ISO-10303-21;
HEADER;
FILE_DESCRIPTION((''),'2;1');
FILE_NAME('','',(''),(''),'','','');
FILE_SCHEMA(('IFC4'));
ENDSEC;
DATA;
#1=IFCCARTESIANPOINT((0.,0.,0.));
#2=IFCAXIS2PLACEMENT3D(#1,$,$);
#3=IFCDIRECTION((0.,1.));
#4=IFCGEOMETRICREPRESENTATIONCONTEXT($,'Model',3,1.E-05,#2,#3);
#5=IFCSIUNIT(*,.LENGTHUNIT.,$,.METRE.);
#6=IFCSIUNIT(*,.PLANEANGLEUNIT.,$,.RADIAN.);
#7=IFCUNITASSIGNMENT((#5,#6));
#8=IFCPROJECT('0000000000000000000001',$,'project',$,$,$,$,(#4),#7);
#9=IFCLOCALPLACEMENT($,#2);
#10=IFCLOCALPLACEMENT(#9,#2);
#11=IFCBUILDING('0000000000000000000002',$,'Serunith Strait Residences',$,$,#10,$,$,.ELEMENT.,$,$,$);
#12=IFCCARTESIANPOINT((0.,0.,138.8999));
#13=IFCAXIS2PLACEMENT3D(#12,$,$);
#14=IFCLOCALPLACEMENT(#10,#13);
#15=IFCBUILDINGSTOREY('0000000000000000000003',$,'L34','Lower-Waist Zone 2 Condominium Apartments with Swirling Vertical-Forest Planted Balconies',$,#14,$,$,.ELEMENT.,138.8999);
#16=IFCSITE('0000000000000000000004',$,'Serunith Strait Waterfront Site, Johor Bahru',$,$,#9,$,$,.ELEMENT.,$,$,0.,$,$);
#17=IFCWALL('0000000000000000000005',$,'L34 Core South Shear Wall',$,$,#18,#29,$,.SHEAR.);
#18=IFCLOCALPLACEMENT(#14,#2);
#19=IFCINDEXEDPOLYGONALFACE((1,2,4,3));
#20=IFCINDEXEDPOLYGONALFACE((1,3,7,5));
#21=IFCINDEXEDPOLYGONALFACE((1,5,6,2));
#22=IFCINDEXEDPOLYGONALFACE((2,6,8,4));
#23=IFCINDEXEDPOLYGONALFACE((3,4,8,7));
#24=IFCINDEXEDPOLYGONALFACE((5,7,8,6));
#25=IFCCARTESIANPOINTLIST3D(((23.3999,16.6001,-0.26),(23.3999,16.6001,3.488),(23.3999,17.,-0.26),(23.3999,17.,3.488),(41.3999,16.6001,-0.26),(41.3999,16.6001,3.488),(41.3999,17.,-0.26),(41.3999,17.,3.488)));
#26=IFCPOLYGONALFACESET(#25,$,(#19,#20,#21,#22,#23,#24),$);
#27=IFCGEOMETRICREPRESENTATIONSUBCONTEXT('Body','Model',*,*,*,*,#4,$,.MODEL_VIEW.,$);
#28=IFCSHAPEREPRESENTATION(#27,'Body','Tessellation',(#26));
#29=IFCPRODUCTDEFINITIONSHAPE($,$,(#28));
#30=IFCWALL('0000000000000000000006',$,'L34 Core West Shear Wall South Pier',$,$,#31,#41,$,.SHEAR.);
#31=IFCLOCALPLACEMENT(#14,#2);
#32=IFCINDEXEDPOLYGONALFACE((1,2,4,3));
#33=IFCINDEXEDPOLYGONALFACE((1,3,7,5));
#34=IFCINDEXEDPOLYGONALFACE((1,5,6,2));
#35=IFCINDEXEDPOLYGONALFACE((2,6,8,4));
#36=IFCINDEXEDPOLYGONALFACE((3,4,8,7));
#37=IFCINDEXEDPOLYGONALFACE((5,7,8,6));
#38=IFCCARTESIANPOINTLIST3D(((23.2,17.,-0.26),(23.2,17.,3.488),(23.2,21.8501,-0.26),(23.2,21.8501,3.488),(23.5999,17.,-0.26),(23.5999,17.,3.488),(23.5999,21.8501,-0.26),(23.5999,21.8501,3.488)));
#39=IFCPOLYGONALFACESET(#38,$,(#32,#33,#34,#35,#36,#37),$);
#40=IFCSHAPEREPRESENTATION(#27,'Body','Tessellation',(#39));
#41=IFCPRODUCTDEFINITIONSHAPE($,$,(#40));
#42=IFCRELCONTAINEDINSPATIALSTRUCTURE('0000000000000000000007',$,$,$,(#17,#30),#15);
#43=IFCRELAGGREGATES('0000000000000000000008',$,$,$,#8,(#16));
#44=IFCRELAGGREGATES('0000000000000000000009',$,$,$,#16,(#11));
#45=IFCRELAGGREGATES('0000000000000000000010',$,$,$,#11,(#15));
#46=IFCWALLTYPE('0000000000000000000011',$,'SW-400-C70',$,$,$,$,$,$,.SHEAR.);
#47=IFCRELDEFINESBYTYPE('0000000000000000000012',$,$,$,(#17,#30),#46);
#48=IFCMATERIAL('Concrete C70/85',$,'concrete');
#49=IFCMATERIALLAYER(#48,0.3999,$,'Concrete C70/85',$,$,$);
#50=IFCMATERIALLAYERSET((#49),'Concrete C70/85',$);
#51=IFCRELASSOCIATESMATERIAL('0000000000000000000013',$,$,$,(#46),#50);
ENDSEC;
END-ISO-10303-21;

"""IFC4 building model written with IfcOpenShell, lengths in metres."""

from ifc_helpers import new_model, si_unit, direction, frame, frame_2d, origin, place, context, subcontext, project, spatial, rectangle, extrude, material, layer, layer_set, type_object, element, save


model = new_model("IFC4")

# Units and contexts
model_context = context("Model", 3, precision=1e-05, world=origin(), true_north=direction((0.0, 1.0)))
body_context = subcontext(model_context, "Body", "Model", "MODEL_VIEW")
ifc_project = project(units=[si_unit("LENGTHUNIT", "METRE"), si_unit("PLANEANGLEUNIT", "RADIAN")], contexts=[model_context])

# Site, building, storey
site_placement = place(None, origin())
site = spatial("IfcSite", under=ifc_project, at=site_placement, Name="Serunith Strait Waterfront Site, Johor Bahru", CompositionType="ELEMENT", RefElevation=0.0)
building_placement = place(site_placement, origin())
building = spatial("IfcBuilding", under=site, at=building_placement, Name="Serunith Strait Residences", CompositionType="ELEMENT")
storey_placement = place(building_placement, frame((0.0, 0.0, 138.8999)))
storey = spatial("IfcBuildingStorey", under=building, at=storey_placement, Name="L34", Description="Lower-Waist Zone 2 Condominium Apartments with Swirling Vertical-Forest Planted Balconies", CompositionType="ELEMENT", Elevation=138.8999)

# Walls
ifc_material_1 = material(Name="Concrete C70/85", Category="concrete")
ifc_layer_1 = layer(ifc_material_1, 0.3999, Name="Concrete C70/85")
ifc_layer_set_1 = layer_set([ifc_layer_1], Name="Concrete C70/85")
wall_type_1 = type_object("IfcWallType", Name="SW-400-C70", PredefinedType="SHEAR", material=ifc_layer_set_1)
wall_1_placement = place(storey_placement, frame((23.3999, 16.8, -0.26), z_axis=(0.0, 0.0, 1.0), x_axis=(1.0, 0.0, 0.0)))
element("IfcWall", 1, at=wall_1_placement, inside=storey, type_object=wall_type_1, Name="L34 Core South Shear Wall", PredefinedType="SHEAR", context=body_context, shape_type="SweptSolid", body=[
    extrude(rectangle(XDim=18.0, YDim=0.3999, at=frame_2d((9.0, 0.0))), origin(), (0.0, 0.0, 1.0), 3.748),
])
wall_2_placement = place(storey_placement, frame((23.3999, 17.0, -0.26), z_axis=(0.0, 0.0, 1.0), x_axis=(0.0, 1.0, 0.0)))
element("IfcWall", 2, at=wall_2_placement, inside=storey, type_object=wall_type_1, Name="L34 Core West Shear Wall South Pier", PredefinedType="SHEAR", context=body_context, shape_type="SweptSolid", body=[
    extrude(rectangle(XDim=4.8501, YDim=0.3999, at=frame_2d((2.425, 0.0))), origin(), (0.0, 0.0, 1.0), 3.748),
])

save(model, "model.ifc")
